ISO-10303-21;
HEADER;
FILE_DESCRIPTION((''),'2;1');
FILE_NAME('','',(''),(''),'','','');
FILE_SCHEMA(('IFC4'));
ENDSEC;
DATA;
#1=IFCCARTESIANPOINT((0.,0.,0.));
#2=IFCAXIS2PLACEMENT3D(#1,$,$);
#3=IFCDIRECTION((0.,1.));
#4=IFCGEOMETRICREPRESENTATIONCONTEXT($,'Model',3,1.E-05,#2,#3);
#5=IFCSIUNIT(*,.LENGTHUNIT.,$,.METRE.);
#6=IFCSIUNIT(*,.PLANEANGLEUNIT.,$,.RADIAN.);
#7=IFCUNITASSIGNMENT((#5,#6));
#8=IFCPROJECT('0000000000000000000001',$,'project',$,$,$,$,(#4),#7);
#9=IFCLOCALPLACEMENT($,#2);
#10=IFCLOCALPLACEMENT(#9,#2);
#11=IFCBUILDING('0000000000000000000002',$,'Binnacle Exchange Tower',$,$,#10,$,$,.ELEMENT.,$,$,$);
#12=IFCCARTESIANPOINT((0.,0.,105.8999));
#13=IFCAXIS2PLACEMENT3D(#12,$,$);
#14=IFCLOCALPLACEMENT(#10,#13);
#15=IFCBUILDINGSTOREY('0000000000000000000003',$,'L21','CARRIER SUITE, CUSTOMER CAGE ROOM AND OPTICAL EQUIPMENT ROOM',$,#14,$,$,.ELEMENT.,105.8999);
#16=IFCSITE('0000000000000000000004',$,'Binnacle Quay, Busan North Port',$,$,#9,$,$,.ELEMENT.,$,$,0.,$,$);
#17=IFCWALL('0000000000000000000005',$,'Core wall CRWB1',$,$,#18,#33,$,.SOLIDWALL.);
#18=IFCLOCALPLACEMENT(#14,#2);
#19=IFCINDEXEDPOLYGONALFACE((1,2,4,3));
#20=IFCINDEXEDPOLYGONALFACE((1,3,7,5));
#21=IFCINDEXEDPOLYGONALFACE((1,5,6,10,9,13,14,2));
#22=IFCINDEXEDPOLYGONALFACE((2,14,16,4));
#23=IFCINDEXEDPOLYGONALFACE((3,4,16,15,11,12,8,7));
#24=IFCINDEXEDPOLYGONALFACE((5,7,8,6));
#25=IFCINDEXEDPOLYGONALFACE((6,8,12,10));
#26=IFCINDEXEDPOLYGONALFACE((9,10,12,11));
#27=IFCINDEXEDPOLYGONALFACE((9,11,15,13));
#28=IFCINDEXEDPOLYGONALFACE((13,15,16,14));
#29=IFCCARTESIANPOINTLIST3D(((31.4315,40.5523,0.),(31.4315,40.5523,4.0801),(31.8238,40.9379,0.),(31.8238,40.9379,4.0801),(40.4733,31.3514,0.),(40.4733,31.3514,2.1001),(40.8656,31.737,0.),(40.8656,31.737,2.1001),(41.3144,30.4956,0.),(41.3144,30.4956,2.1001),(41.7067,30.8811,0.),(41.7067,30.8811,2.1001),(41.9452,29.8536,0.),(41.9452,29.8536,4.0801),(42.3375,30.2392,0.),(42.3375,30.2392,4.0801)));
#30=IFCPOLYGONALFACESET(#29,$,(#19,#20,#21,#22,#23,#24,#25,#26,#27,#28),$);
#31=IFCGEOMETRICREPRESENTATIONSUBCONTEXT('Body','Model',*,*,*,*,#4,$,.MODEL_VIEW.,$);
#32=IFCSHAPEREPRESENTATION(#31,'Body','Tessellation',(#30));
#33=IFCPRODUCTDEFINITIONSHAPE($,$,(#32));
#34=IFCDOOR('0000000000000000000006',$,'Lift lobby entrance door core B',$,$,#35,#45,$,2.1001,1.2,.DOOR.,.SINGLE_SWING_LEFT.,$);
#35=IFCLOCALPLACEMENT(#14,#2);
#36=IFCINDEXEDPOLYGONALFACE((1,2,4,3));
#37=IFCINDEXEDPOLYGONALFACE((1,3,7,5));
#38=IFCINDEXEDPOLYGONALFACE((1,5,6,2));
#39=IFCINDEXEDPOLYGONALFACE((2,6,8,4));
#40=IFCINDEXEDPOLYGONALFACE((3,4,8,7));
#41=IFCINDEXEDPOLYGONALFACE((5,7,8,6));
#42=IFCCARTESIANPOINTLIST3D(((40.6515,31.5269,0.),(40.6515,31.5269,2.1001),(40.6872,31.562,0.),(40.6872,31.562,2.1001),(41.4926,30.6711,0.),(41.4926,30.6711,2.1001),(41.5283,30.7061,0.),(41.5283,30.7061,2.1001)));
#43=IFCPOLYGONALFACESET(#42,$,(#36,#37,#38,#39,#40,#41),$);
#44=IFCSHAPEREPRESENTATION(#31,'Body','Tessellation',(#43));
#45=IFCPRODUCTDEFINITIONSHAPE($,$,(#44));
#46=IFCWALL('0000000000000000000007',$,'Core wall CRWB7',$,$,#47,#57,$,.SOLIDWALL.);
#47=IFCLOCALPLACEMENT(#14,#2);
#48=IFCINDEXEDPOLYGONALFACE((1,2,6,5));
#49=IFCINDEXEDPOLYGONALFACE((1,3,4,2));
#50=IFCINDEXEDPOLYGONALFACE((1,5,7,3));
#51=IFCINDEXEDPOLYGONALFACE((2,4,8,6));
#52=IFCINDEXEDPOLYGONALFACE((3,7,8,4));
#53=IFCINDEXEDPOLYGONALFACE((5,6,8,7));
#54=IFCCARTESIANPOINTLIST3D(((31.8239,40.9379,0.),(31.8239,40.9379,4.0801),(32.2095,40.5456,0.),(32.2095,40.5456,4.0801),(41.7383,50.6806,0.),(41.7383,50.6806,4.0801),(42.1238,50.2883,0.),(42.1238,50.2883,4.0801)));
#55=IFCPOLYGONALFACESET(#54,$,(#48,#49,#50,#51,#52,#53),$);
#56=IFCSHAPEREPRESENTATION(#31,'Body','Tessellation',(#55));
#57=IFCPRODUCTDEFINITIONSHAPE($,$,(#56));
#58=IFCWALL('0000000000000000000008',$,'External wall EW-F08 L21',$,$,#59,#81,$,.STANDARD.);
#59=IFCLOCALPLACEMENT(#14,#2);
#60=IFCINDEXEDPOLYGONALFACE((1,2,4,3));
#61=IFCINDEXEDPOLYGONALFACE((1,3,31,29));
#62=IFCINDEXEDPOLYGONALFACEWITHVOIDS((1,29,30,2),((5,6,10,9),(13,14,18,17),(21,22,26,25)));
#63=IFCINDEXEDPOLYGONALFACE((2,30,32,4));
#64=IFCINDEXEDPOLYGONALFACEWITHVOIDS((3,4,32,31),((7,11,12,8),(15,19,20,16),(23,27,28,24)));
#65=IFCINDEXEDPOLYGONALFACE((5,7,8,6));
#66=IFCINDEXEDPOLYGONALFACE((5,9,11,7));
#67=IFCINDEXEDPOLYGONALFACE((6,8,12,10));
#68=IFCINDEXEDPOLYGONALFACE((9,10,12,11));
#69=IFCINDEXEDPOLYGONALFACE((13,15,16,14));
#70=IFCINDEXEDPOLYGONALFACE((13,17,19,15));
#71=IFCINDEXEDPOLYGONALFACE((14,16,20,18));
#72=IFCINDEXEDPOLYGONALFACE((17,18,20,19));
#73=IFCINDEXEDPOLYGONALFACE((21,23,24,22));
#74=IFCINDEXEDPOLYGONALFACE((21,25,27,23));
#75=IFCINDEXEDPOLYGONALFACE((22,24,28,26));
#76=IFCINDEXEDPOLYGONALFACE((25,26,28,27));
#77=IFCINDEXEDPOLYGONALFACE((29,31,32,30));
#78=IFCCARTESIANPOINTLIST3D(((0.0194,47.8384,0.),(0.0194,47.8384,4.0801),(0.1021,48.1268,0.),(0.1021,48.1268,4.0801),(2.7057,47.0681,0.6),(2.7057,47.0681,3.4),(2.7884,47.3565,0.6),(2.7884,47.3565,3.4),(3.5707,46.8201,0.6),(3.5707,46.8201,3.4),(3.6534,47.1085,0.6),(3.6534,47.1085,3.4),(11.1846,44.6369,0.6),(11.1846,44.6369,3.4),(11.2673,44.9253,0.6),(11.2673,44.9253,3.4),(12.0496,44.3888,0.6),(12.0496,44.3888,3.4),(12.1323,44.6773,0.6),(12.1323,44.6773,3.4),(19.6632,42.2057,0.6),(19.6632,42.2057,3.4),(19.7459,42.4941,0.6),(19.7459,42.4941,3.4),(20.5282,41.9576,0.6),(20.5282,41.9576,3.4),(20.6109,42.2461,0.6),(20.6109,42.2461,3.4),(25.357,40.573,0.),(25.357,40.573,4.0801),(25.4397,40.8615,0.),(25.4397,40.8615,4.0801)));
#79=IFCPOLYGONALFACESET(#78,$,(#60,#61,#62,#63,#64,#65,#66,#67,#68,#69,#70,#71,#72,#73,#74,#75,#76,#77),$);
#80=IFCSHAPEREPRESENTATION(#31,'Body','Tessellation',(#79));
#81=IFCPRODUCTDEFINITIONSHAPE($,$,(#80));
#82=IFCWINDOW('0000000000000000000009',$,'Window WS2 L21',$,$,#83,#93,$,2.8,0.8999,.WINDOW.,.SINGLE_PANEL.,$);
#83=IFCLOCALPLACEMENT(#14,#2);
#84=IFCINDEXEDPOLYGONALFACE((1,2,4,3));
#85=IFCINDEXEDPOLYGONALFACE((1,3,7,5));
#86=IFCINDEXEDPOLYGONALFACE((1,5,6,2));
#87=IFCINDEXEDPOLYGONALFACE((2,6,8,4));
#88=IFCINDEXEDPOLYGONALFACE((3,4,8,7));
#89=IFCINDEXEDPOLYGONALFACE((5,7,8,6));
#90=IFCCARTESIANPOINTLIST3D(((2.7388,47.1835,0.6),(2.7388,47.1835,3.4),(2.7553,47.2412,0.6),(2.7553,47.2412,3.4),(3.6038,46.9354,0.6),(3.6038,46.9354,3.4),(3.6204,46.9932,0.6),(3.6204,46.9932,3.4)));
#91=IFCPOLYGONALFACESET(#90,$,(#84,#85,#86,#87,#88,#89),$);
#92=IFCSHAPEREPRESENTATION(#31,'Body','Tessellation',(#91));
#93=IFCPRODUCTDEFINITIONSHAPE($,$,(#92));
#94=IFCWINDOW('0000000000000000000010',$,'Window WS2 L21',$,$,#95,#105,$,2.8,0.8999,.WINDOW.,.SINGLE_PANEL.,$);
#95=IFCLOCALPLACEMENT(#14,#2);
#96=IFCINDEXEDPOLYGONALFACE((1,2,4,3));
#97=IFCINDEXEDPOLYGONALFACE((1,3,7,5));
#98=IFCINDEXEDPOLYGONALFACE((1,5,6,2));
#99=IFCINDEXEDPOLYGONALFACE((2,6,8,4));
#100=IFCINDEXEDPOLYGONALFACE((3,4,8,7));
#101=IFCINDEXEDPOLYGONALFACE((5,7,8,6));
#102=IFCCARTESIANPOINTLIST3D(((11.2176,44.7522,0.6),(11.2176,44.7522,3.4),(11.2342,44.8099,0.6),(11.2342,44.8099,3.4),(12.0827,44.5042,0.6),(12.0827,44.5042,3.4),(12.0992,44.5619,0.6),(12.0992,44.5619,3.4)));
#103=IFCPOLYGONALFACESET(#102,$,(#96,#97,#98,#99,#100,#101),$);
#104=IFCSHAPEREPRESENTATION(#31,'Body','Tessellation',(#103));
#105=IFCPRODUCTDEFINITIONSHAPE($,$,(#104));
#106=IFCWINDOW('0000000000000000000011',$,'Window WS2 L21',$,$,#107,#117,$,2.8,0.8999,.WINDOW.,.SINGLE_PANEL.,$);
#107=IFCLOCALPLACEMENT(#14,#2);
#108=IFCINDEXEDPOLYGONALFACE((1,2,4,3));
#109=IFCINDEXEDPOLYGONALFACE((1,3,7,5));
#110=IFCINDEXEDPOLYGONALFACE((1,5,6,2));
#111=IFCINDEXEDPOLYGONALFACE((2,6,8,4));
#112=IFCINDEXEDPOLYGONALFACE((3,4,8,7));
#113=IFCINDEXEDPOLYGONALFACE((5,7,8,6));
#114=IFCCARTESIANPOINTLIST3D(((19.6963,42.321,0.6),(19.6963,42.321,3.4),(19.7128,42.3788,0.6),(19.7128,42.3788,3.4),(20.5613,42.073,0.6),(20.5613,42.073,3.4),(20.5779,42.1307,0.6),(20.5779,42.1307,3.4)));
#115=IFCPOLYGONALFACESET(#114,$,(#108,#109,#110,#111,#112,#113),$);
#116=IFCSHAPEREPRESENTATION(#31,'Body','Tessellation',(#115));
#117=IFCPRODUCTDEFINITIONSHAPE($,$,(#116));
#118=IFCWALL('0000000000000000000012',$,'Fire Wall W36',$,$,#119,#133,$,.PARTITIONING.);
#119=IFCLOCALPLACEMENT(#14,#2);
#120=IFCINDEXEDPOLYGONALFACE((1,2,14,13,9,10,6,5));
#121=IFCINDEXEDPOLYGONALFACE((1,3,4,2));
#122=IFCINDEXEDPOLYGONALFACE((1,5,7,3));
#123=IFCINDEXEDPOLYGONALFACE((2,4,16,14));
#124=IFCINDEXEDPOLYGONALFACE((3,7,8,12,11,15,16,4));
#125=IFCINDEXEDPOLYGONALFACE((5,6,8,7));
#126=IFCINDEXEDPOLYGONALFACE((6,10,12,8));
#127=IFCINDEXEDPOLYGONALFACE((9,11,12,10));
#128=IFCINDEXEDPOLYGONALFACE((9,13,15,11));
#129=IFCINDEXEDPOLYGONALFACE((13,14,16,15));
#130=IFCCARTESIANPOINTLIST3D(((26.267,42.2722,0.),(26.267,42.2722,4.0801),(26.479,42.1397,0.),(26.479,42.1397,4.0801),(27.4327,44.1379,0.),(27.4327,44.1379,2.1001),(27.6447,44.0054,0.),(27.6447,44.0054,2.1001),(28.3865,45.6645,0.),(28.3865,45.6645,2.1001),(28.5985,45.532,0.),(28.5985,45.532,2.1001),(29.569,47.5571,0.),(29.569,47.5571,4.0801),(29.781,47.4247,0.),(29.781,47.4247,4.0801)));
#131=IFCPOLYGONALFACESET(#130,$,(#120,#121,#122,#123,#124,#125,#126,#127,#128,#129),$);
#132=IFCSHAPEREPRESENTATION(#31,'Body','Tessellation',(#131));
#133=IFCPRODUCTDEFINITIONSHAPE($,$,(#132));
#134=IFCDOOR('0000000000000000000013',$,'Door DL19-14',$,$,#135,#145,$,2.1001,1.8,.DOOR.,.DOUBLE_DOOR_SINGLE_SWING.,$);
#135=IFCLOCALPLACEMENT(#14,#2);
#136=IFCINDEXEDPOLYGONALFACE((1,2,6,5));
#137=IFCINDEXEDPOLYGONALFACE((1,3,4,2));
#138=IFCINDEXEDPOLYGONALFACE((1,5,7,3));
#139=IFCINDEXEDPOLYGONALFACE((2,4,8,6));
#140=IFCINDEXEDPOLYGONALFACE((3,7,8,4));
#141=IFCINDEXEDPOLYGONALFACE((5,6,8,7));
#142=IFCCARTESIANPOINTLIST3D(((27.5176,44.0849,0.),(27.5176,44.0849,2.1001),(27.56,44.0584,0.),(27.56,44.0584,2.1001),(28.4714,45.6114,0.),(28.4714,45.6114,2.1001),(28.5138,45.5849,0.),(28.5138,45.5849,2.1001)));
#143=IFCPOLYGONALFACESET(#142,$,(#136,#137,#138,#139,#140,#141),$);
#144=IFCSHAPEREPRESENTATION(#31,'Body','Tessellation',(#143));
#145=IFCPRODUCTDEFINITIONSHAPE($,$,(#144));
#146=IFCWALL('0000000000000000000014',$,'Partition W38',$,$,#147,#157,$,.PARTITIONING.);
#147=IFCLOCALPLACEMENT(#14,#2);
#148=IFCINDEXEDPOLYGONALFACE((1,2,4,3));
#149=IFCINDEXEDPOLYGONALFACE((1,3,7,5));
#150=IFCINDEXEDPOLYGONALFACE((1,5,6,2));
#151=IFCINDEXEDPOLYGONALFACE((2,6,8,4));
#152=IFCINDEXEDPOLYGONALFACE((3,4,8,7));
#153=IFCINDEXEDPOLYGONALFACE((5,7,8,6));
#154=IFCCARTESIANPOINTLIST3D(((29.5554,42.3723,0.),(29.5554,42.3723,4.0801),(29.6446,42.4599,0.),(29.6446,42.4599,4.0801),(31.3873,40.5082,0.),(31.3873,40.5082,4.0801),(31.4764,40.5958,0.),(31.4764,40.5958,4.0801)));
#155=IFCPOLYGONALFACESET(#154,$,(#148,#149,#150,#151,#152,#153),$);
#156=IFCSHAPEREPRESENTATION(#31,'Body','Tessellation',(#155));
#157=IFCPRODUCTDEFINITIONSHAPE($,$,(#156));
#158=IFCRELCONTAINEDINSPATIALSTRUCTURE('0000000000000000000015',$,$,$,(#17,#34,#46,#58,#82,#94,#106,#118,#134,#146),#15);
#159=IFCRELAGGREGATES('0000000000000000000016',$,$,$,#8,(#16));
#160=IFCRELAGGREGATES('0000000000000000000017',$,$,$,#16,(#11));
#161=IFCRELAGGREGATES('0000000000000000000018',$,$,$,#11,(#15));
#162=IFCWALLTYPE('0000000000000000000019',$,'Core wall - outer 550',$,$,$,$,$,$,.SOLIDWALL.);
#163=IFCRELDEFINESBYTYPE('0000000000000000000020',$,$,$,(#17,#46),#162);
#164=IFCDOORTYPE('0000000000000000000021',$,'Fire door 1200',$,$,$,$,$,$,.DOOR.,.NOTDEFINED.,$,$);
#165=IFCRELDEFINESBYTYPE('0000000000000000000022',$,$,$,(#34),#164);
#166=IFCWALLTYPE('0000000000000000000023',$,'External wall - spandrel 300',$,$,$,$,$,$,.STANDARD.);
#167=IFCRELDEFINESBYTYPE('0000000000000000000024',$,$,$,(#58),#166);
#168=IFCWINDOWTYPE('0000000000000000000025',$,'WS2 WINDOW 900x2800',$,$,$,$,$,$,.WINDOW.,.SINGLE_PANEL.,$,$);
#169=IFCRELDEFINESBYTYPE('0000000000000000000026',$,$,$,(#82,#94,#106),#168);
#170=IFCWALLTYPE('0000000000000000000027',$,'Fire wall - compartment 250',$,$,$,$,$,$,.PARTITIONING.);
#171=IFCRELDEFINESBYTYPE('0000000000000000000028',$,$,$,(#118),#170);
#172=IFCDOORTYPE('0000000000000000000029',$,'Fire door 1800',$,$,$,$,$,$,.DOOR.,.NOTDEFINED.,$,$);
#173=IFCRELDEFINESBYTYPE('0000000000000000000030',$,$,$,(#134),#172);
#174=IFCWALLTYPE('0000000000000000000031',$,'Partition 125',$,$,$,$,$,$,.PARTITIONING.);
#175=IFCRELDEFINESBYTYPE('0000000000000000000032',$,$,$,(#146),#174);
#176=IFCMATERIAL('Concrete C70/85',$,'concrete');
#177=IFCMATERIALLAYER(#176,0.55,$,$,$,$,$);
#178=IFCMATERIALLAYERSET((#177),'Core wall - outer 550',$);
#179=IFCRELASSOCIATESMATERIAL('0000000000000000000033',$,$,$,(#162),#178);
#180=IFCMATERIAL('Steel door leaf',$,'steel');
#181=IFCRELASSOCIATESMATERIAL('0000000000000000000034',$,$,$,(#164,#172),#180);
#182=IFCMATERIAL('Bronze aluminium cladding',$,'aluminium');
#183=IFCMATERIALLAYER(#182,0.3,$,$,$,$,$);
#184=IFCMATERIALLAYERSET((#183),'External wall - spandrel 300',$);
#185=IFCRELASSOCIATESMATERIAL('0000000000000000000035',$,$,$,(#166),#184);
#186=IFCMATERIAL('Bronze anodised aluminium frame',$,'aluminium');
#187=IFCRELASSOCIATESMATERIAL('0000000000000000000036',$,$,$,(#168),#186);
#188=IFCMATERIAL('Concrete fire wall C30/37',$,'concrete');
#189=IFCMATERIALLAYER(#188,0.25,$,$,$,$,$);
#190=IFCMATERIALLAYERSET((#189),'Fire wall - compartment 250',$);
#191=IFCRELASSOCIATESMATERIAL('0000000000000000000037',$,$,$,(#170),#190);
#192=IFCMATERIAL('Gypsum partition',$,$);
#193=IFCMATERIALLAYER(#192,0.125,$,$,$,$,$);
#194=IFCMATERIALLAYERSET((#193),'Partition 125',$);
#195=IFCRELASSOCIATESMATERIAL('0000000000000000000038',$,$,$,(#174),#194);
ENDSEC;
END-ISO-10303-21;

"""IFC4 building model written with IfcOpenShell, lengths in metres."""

from ifc_helpers import new_model, si_unit, direction, frame, frame_2d, origin, place, context, subcontext, project, spatial, rectangle, extrude, material, layer, layer_set, type_object, element, fill, save


model = new_model("IFC4")

# Units and contexts
model_context = context("Model", 3, precision=1e-05, world=origin(), true_north=direction((0.0, 1.0)))
body_context = subcontext(model_context, "Body", "Model", "MODEL_VIEW")
ifc_project = project(units=[si_unit("LENGTHUNIT", "METRE"), si_unit("PLANEANGLEUNIT", "RADIAN")], contexts=[model_context])

# Site, building, storey
site_placement = place(None, origin())
site = spatial("IfcSite", under=ifc_project, at=site_placement, Name="Binnacle Quay, Busan North Port", CompositionType="ELEMENT", RefElevation=0.0)
building_placement = place(site_placement, origin())
building = spatial("IfcBuilding", under=site, at=building_placement, Name="Binnacle Exchange Tower", CompositionType="ELEMENT")
storey_placement = place(building_placement, frame((0.0, 0.0, 105.8999)))
storey = spatial("IfcBuildingStorey", under=building, at=storey_placement, Name="L21", Description="CARRIER SUITE, CUSTOMER CAGE ROOM AND OPTICAL EQUIPMENT ROOM", CompositionType="ELEMENT", Elevation=105.8999)

# Shared definitions
ifc_material_1 = material(Name="Concrete C70/85", Category="concrete")

# Wall, opening, door
ifc_layer_1 = layer(ifc_material_1, 0.55)
ifc_layer_set_1 = layer_set([ifc_layer_1], Name="Core wall - outer 550")
wall_type_1 = type_object("IfcWallType", Name="Core wall - outer 550", PredefinedType="SOLIDWALL", material=ifc_layer_set_1)
wall_1_placement = place(storey_placement, frame((31.6277, 40.7451, 0.0), z_axis=(0.0, 0.0, 1.0), x_axis=(0.700911, -0.713248, 0.0)))
wall_1 = element("IfcWall", 1, at=wall_1_placement, inside=storey, type_object=wall_type_1, Name="Core wall CRWB1", PredefinedType="SOLIDWALL", context=body_context, shape_type="SweptSolid", body=[
    extrude(rectangle(XDim=15.0, YDim=0.55, at=frame_2d((7.5, 0.0))), origin(), (0.0, 0.0, 1.0), 4.0801),
])
opening_1_placement = place(wall_1_placement, frame((12.8999, 0.0, 0.0)))
opening_1 = element("IfcOpeningElement", 2, at=opening_1_placement, cuts=wall_1, PredefinedType="OPENING", context=body_context, shape_type="SweptSolid", body=[
    extrude(rectangle(XDim=1.2, YDim=2.1001, at=frame_2d((0.6001, 1.05))), frame((0.0, 0.2849, 0.0), z_axis=(0.0, -1.0, 0.0), x_axis=(1.0, 0.0, 0.0)), (0.0, 0.0, 1.0), 0.5701),
])
ifc_material_2 = material(Name="Steel door leaf", Category="steel")
door_type_1 = type_object("IfcDoorType", Name="Fire door 1200", OperationType="NOTDEFINED", PredefinedType="DOOR", material=ifc_material_2)
door_1_placement = place(opening_1_placement, frame((1.2, 0.0, 0.0), z_axis=(0.0, 0.0, 1.0), x_axis=(-1.0, 0.0, 0.0)))
door_1 = element("IfcDoor", 3, at=door_1_placement, inside=storey, type_object=door_type_1, Name="Lift lobby entrance door core B", OperationType="SINGLE_SWING_LEFT", OverallHeight=2.1001, OverallWidth=1.2, PredefinedType="DOOR", context=body_context, shape_type="SweptSolid", body=[
    extrude(rectangle(XDim=1.2, YDim=2.1001, at=frame_2d((0.6001, 1.05))), frame((0.0, 0.0249, 0.0), z_axis=(0.0, -1.0, 0.0), x_axis=(1.0, 0.0, 0.0)), (0.0, 0.0, 1.0), 0.05),
])
fill(opening_1, door_1)

# Wall
wall_2_placement = place(storey_placement, frame((32.0166, 40.7417, 0.0), z_axis=(0.0, 0.0, 1.0), x_axis=(0.713254, 0.700906, 0.0)))
element("IfcWall", 4, at=wall_2_placement, inside=storey, type_object=wall_type_1, Name="Core wall CRWB7", PredefinedType="SOLIDWALL", context=body_context, shape_type="SweptSolid", body=[
    extrude(rectangle(XDim=13.9001, YDim=0.55, at=frame_2d((6.9502, 0.0))), origin(), (0.0, 0.0, 1.0), 4.0801),
])

# Wall, openings, windows
ifc_material_3 = material(Name="Bronze aluminium cladding", Category="aluminium")
ifc_layer_2 = layer(ifc_material_3, 0.3)
ifc_layer_set_2 = layer_set([ifc_layer_2], Name="External wall - spandrel 300")
wall_type_2 = type_object("IfcWallType", Name="External wall - spandrel 300", PredefinedType="STANDARD", material=ifc_layer_set_2)
wall_3_placement = place(storey_placement, frame((25.3982, 40.7173, 0.0), z_axis=(0.0, 0.0, 1.0), x_axis=(-0.961262, 0.275635, 0.0)))
wall_3 = element("IfcWall", 5, at=wall_3_placement, inside=storey, type_object=wall_type_2, Name="External wall EW-F08 L21", PredefinedType="STANDARD", context=body_context, shape_type="SweptSolid", body=[
    extrude(rectangle(XDim=26.3586, YDim=0.3, at=frame_2d((13.1792, 0.0))), origin(), (0.0, 0.0, 1.0), 4.0801),
])
opening_2_placement = place(wall_3_placement, frame((22.6641, 0.0, 0.6001)))
opening_2 = element("IfcOpeningElement", 6, at=opening_2_placement, cuts=wall_3, PredefinedType="OPENING", context=body_context, shape_type="SweptSolid", body=[
    extrude(rectangle(XDim=0.8999, YDim=2.8, at=frame_2d((0.45, 1.3999))), frame((0.0, 0.1599, 0.0), z_axis=(0.0, -1.0, 0.0), x_axis=(1.0, 0.0, 0.0)), (0.0, 0.0, 1.0), 0.3201),
])
opening_3_placement = place(wall_3_placement, frame((13.8435, 0.0, 0.6001)))
opening_3 = element("IfcOpeningElement", 7, at=opening_3_placement, cuts=wall_3, PredefinedType="OPENING", context=body_context, shape_type="SweptSolid", body=[
    extrude(rectangle(XDim=0.8999, YDim=2.8, at=frame_2d((0.45, 1.3999))), frame((0.0, 0.1599, 0.0), z_axis=(0.0, -1.0, 0.0), x_axis=(1.0, 0.0, 0.0)), (0.0, 0.0, 1.0), 0.3201),
])
opening_4_placement = place(wall_3_placement, frame((5.0232, 0.0, 0.6001)))
opening_4 = element("IfcOpeningElement", 8, at=opening_4_placement, cuts=wall_3, PredefinedType="OPENING", context=body_context, shape_type="SweptSolid", body=[
    extrude(rectangle(XDim=0.8999, YDim=2.8, at=frame_2d((0.45, 1.3999))), frame((0.0, 0.1599, 0.0), z_axis=(0.0, -1.0, 0.0), x_axis=(1.0, 0.0, 0.0)), (0.0, 0.0, 1.0), 0.3201),
])
ifc_material_4 = material(Name="Bronze anodised aluminium frame", Category="aluminium")
window_type = type_object("IfcWindowType", Name="WS2 WINDOW 900x2800", PartitioningType="SINGLE_PANEL", PredefinedType="WINDOW", material=ifc_material_4)
window_1_placement = place(opening_2_placement, origin())
window_1 = element("IfcWindow", 9, at=window_1_placement, inside=storey, type_object=window_type, Name="Window WS2 L21", OverallHeight=2.8, OverallWidth=0.8999, PartitioningType="SINGLE_PANEL", PredefinedType="WINDOW", context=body_context, shape_type="SweptSolid", body=[
    extrude(rectangle(XDim=0.8999, YDim=2.8, at=frame_2d((0.45, 1.3999))), frame((0.0, 0.03, 0.0), z_axis=(0.0, -1.0, 0.0), x_axis=(1.0, 0.0, 0.0)), (0.0, 0.0, 1.0), 0.0601),
])
fill(opening_2, window_1)
window_2_placement = place(opening_3_placement, origin())
window_2 = element("IfcWindow", 10, at=window_2_placement, inside=storey, type_object=window_type, Name="Window WS2 L21", OverallHeight=2.8, OverallWidth=0.8999, PartitioningType="SINGLE_PANEL", PredefinedType="WINDOW", context=body_context, shape_type="SweptSolid", body=[
    extrude(rectangle(XDim=0.8999, YDim=2.8, at=frame_2d((0.45, 1.3999))), frame((0.0, 0.03, 0.0), z_axis=(0.0, -1.0, 0.0), x_axis=(1.0, 0.0, 0.0)), (0.0, 0.0, 1.0), 0.0601),
])
fill(opening_3, window_2)
window_3_placement = place(opening_4_placement, origin())
window_3 = element("IfcWindow", 11, at=window_3_placement, inside=storey, type_object=window_type, Name="Window WS2 L21", OverallHeight=2.8, OverallWidth=0.8999, PartitioningType="SINGLE_PANEL", PredefinedType="WINDOW", context=body_context, shape_type="SweptSolid", body=[
    extrude(rectangle(XDim=0.8999, YDim=2.8, at=frame_2d((0.45, 1.3999))), frame((0.0, 0.03, 0.0), z_axis=(0.0, -1.0, 0.0), x_axis=(1.0, 0.0, 0.0)), (0.0, 0.0, 1.0), 0.0601),
])
fill(opening_4, window_3)

# Wall, opening, door
ifc_material_5 = material(Name="Concrete fire wall C30/37", Category="concrete")
ifc_layer_3 = layer(ifc_material_5, 0.25)
ifc_layer_set_3 = layer_set([ifc_layer_3], Name="Fire wall - compartment 250")
wall_type_3 = type_object("IfcWallType", Name="Fire wall - compartment 250", PredefinedType="PARTITIONING", material=ifc_layer_set_3)
wall_4_placement = place(storey_placement, frame((26.373, 42.2061, 0.0), z_axis=(0.0, 0.0, 1.0), x_axis=(0.529876, 0.848075, 0.0)))
wall_4 = element("IfcWall", 12, at=wall_4_placement, inside=storey, type_object=wall_type_3, Name="Fire Wall W36", PredefinedType="PARTITIONING", context=body_context, shape_type="SweptSolid", body=[
    extrude(rectangle(XDim=6.2317, YDim=0.25, at=frame_2d((3.1157, 0.0))), origin(), (0.0, 0.0, 1.0), 4.0801),
])
opening_5_placement = place(wall_4_placement, frame((2.2, 0.0, 0.0)))
opening_5 = element("IfcOpeningElement", 13, at=opening_5_placement, cuts=wall_4, PredefinedType="OPENING", context=body_context, shape_type="SweptSolid", body=[
    extrude(rectangle(XDim=1.8, YDim=2.1001, at=frame_2d((0.8999, 1.05))), frame((0.0, 0.135, 0.0), z_axis=(0.0, -1.0, 0.0), x_axis=(1.0, 0.0, 0.0)), (0.0, 0.0, 1.0), 0.27),
])
door_type_2 = type_object("IfcDoorType", Name="Fire door 1800", OperationType="NOTDEFINED", PredefinedType="DOOR", material=ifc_material_2)
door_2_placement = place(opening_5_placement, origin())
door_2 = element("IfcDoor", 14, at=door_2_placement, inside=storey, type_object=door_type_2, Name="Door DL19-14", OperationType="DOUBLE_DOOR_SINGLE_SWING", OverallHeight=2.1001, OverallWidth=1.8, PredefinedType="DOOR", context=body_context, shape_type="SweptSolid", body=[
    extrude(rectangle(XDim=1.8, YDim=2.1001, at=frame_2d((0.8999, 1.05))), frame((0.0, 0.0249, 0.0), z_axis=(0.0, -1.0, 0.0), x_axis=(1.0, 0.0, 0.0)), (0.0, 0.0, 1.0), 0.05),
])
fill(opening_5, door_2)

# Wall
ifc_material_6 = material(Name="Gypsum partition")
ifc_layer_4 = layer(ifc_material_6, 0.125)
ifc_layer_set_4 = layer_set([ifc_layer_4], Name="Partition 125")
wall_type_4 = type_object("IfcWallType", Name="Partition 125", PredefinedType="PARTITIONING", material=ifc_layer_set_4)
wall_5_placement = place(storey_placement, frame((29.6001, 42.416, 0.0), z_axis=(0.0, 0.0, 1.0), x_axis=(0.700914, -0.713245, 0.0)))
element("IfcWall", 15, at=wall_5_placement, inside=storey, type_object=wall_type_4, Name="Partition W38", PredefinedType="PARTITIONING", context=body_context, shape_type="SweptSolid", body=[
    extrude(rectangle(XDim=2.6135, YDim=0.125, at=frame_2d((1.3066, 0.0))), origin(), (0.0, 0.0, 1.0), 4.0801),
])

save(model, "model.ifc")
